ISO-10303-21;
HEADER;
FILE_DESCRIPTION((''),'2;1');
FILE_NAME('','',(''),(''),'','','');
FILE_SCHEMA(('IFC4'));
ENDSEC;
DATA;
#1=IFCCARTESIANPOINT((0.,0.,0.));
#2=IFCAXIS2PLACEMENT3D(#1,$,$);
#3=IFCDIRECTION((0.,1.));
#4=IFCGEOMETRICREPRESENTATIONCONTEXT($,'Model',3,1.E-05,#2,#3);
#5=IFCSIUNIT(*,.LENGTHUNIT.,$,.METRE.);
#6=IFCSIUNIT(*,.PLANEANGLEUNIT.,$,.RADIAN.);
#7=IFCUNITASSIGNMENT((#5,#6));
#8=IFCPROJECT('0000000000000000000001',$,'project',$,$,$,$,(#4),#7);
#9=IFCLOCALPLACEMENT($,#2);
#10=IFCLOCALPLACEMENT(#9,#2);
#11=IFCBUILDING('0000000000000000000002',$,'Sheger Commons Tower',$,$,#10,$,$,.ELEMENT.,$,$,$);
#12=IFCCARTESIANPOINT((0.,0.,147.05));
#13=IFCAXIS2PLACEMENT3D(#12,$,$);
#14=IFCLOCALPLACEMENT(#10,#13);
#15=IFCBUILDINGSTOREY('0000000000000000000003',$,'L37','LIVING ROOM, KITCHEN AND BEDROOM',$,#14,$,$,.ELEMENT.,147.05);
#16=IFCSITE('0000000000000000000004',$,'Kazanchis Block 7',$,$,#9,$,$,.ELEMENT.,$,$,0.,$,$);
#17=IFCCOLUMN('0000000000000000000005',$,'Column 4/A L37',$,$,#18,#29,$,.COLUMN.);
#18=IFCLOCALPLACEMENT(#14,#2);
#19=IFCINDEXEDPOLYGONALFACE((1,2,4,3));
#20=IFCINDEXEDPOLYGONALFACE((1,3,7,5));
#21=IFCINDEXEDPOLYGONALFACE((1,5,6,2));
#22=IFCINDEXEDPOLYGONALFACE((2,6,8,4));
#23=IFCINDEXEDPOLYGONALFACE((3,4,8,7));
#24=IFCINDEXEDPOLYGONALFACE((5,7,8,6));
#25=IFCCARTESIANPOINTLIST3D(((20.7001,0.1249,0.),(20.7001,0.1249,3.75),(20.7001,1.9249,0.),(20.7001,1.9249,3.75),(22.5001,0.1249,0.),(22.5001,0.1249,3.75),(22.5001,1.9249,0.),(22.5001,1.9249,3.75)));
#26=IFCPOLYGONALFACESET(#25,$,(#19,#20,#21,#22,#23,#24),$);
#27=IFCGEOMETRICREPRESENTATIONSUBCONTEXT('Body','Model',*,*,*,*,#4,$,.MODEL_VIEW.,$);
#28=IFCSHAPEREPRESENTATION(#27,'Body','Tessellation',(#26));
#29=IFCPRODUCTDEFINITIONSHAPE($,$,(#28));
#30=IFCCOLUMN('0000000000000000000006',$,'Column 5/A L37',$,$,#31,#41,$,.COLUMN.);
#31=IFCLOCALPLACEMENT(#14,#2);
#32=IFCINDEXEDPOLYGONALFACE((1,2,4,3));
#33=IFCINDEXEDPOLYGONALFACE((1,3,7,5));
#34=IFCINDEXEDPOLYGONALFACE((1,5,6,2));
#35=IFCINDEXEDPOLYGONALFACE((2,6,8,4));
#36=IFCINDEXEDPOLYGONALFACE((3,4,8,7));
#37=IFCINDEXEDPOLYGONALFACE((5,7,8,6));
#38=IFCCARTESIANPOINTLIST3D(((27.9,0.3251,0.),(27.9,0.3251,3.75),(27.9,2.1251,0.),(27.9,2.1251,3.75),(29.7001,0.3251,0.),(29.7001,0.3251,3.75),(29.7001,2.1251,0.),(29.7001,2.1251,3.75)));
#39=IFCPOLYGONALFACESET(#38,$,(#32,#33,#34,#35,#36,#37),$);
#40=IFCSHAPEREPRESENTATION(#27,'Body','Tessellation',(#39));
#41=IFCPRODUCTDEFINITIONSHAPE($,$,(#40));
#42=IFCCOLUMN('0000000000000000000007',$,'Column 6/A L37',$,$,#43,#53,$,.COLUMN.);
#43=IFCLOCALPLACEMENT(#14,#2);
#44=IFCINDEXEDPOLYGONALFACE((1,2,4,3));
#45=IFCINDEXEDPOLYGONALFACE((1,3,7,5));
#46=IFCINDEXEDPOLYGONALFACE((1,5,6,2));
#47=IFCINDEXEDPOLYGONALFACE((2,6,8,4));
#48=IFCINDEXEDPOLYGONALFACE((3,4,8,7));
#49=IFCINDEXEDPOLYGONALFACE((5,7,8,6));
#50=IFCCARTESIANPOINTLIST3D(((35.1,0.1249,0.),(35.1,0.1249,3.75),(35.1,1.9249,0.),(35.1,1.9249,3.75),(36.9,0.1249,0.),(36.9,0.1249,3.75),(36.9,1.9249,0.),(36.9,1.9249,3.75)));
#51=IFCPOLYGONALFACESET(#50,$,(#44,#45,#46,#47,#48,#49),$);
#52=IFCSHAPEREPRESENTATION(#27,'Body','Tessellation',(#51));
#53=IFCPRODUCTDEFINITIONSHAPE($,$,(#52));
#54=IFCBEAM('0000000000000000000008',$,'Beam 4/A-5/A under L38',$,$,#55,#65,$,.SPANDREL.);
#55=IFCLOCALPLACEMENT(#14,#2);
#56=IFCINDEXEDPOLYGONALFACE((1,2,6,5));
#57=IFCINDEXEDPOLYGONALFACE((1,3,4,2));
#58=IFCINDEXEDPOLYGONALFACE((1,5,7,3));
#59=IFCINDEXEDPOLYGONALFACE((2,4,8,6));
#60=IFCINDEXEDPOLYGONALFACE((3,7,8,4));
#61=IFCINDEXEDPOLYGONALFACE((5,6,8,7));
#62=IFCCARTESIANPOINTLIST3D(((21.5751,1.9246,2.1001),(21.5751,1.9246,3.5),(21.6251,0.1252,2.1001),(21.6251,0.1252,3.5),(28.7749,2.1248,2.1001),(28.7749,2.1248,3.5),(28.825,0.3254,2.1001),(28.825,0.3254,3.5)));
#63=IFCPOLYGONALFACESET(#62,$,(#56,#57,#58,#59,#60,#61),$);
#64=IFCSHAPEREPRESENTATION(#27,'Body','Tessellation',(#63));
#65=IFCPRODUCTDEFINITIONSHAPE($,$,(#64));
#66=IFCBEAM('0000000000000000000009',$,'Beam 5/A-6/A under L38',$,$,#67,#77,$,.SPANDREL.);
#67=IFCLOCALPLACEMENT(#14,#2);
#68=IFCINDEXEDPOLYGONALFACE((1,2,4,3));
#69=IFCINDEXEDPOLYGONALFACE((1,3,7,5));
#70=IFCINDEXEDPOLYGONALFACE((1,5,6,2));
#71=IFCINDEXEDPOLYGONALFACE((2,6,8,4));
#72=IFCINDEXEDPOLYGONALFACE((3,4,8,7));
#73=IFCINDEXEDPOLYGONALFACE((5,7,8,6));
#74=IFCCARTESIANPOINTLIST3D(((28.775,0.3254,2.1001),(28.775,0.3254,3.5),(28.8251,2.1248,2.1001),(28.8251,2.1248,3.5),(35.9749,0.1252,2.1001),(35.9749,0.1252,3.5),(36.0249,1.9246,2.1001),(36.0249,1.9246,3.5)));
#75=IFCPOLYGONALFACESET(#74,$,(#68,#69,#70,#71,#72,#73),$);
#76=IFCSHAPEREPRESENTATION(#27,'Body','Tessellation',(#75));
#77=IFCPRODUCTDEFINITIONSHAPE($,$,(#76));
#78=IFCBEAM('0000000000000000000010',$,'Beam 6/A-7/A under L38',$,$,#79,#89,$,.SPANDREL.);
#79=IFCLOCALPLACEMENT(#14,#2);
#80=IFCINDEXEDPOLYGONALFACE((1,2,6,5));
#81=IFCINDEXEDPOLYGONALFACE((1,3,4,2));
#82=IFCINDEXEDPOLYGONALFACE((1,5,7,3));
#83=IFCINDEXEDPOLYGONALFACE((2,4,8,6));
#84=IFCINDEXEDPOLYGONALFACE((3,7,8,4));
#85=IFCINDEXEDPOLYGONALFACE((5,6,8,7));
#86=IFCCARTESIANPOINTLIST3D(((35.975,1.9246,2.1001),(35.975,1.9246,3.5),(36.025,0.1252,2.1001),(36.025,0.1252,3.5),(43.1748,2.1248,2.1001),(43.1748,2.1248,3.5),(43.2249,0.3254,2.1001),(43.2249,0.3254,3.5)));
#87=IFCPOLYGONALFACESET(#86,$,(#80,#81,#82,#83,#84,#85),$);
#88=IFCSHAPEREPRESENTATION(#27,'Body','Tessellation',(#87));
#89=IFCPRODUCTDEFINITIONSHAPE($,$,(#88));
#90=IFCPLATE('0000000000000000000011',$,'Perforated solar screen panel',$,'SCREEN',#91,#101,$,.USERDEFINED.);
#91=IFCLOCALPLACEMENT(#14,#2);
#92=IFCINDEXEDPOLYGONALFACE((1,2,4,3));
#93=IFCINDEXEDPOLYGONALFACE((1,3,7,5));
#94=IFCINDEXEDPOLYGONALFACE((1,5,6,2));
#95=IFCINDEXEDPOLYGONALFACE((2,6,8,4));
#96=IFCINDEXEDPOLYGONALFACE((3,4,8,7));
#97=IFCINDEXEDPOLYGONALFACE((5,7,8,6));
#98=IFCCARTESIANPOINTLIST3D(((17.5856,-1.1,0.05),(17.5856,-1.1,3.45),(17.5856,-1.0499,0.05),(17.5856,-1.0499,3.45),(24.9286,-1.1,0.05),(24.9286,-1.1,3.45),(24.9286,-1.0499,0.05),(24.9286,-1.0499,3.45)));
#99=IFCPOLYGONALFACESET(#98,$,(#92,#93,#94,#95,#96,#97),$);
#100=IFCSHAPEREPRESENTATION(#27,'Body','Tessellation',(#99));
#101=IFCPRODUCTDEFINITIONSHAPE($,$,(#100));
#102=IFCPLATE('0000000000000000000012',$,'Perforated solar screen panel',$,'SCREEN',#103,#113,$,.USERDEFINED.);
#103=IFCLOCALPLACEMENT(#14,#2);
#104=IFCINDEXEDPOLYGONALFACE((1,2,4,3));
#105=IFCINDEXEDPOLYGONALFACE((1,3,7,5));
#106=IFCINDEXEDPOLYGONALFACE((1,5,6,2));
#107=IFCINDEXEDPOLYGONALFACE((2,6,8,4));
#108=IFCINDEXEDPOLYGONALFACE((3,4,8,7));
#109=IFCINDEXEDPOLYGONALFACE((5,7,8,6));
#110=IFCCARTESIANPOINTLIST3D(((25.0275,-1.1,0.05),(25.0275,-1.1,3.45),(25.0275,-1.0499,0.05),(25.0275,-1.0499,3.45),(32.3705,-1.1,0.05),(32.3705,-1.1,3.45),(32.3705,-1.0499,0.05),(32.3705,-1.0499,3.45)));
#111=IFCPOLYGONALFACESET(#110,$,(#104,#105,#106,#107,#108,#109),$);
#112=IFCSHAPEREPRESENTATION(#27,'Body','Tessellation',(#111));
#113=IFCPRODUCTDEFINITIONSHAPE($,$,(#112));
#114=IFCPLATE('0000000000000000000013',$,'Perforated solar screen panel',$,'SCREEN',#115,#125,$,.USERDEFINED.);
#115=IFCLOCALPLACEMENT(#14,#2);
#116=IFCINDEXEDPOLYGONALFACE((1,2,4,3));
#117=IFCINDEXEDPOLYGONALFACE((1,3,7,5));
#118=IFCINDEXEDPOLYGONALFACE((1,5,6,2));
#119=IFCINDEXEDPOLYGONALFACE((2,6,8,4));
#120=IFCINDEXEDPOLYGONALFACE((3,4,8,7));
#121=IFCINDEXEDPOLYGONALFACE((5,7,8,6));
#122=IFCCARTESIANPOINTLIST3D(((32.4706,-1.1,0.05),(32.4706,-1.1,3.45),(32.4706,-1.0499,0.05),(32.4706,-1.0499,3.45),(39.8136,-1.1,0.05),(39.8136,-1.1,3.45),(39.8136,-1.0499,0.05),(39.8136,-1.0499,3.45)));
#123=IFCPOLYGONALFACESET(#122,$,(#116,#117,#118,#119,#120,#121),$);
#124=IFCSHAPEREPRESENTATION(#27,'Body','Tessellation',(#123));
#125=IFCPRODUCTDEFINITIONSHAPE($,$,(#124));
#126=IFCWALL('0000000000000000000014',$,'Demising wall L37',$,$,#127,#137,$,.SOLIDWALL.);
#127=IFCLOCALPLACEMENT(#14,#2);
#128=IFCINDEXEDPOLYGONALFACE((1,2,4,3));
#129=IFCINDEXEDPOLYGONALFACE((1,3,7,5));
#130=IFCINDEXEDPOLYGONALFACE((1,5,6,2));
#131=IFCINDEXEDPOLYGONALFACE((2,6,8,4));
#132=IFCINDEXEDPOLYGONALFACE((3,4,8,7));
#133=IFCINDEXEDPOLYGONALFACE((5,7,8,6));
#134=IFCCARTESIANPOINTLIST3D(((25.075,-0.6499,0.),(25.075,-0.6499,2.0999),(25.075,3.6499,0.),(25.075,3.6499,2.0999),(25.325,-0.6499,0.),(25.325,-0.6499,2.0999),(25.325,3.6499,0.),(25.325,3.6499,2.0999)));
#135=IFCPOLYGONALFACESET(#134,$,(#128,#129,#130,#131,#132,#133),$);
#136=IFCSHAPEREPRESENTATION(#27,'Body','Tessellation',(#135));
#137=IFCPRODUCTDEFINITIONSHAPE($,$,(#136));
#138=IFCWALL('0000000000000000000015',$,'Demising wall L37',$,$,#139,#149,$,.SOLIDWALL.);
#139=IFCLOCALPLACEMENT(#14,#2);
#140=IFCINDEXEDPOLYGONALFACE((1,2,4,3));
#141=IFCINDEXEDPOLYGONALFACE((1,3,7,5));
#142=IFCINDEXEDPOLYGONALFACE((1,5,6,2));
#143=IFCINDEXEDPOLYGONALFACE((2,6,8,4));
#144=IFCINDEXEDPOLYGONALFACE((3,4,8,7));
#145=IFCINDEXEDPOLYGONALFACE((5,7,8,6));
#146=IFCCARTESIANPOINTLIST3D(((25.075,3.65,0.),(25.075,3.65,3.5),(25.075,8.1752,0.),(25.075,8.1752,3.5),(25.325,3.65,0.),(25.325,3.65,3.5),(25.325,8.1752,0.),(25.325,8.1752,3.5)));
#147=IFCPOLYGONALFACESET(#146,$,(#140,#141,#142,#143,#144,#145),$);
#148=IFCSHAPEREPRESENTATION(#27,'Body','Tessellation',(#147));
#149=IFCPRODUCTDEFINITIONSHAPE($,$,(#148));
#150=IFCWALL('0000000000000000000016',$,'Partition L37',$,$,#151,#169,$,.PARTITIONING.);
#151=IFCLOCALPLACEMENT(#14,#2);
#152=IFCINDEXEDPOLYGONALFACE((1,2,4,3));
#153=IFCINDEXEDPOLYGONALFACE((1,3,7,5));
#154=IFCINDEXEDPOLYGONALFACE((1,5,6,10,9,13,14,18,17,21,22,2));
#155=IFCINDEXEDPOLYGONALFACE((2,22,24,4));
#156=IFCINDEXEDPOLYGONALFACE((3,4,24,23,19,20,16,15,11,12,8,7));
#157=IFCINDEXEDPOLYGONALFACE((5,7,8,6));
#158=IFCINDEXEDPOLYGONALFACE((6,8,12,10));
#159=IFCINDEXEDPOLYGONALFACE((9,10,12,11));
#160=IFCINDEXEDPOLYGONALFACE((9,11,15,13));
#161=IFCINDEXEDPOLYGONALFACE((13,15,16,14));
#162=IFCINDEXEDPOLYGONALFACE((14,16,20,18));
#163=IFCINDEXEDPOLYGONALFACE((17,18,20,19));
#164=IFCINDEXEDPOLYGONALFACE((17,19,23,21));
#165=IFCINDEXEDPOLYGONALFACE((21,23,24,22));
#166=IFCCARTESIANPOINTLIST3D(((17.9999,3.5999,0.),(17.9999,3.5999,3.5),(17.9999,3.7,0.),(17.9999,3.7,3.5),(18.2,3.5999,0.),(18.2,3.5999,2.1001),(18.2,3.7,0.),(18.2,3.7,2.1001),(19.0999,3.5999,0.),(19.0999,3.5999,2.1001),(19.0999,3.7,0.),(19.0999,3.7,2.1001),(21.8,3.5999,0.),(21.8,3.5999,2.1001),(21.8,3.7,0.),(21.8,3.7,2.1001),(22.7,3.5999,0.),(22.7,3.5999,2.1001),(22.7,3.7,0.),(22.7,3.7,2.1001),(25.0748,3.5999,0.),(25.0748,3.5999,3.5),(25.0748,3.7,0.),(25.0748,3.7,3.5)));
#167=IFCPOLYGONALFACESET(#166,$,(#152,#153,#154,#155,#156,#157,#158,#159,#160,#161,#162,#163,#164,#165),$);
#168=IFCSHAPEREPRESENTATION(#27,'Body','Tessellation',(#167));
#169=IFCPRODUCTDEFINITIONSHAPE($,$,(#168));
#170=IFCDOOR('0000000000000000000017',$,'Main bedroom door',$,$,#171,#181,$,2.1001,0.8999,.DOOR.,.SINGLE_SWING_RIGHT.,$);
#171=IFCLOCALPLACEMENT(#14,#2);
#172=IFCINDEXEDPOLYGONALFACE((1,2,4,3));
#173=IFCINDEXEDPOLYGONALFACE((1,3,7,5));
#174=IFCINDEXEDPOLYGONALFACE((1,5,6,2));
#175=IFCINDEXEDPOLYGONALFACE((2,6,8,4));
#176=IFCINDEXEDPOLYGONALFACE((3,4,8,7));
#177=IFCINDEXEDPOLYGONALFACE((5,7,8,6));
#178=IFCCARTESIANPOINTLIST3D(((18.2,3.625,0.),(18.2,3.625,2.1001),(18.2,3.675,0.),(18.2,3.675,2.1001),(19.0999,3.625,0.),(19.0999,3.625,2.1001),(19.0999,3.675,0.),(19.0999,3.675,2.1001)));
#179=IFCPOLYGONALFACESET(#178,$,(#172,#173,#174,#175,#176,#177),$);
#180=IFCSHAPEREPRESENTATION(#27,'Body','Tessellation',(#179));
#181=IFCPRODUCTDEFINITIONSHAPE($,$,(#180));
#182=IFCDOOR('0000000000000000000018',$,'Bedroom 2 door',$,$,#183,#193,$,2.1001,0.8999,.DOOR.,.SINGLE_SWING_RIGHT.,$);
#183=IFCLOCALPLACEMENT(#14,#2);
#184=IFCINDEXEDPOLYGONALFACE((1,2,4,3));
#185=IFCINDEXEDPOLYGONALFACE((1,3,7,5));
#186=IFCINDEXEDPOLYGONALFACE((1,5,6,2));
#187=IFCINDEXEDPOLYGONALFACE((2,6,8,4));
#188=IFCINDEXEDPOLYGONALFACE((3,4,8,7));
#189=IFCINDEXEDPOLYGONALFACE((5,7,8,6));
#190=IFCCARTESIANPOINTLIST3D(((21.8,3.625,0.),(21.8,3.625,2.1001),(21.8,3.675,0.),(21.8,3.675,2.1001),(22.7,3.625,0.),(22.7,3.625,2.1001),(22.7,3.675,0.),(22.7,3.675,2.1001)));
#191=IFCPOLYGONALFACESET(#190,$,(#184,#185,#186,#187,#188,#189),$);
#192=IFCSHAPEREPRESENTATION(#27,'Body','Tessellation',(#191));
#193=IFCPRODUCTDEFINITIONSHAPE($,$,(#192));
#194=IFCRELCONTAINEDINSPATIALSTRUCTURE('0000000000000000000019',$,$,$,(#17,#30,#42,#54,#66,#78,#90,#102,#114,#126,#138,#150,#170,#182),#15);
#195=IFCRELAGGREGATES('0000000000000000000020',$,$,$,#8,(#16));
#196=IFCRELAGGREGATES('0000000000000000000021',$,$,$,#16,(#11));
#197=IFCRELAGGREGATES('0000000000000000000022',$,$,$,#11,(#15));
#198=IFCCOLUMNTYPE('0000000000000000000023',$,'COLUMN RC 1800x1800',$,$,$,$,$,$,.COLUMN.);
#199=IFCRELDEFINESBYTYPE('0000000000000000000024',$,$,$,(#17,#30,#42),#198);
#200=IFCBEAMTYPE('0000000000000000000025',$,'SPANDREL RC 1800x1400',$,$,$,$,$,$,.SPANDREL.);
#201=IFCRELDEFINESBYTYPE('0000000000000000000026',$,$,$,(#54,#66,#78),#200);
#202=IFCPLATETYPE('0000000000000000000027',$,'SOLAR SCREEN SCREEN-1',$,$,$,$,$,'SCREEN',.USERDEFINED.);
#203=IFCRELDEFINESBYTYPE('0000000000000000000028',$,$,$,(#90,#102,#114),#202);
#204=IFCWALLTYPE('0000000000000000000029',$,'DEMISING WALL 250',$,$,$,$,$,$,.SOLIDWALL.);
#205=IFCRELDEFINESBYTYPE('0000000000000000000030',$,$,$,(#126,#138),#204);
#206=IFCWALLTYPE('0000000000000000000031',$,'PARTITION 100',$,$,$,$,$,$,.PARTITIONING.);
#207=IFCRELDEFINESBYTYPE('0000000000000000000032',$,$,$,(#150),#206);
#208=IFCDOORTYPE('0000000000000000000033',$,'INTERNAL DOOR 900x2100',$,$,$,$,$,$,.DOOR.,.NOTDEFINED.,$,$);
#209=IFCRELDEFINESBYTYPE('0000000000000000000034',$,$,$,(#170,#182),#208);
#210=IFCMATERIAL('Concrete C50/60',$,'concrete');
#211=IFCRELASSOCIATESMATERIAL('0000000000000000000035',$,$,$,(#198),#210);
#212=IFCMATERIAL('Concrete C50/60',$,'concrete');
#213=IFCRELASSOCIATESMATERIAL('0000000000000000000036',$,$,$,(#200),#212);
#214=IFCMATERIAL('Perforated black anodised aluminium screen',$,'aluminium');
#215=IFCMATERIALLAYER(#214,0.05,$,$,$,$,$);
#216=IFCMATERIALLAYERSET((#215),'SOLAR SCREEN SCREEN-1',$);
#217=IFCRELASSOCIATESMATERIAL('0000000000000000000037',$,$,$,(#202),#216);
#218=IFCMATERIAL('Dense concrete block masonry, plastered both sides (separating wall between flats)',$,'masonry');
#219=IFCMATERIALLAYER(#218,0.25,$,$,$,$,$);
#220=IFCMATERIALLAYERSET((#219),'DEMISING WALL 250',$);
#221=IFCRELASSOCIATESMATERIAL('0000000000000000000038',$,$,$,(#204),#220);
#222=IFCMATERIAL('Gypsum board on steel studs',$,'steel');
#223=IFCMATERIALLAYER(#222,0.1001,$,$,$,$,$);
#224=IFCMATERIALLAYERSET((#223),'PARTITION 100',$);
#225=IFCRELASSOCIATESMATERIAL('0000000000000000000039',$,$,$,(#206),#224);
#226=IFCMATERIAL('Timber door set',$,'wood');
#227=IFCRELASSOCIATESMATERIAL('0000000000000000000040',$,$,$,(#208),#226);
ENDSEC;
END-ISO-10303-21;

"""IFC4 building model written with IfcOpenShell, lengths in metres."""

from ifc_helpers import new_model, si_unit, direction, frame, frame_2d, origin, origin_2d, place, context, subcontext, project, spatial, rectangle, extrude, material, layer, layer_set, material_profile, profile_set, type_object, element, fill, save


model = new_model("IFC4")

# Units and contexts
model_context = context("Model", 3, precision=1e-05, world=origin(), true_north=direction((0.0, 1.0)))
body_context = subcontext(model_context, "Body", "Model", "MODEL_VIEW")
ifc_project = project(units=[si_unit("LENGTHUNIT", "METRE"), si_unit("PLANEANGLEUNIT", "RADIAN")], contexts=[model_context])

# Site, building, storey
site_placement = place(None, origin())
site = spatial("IfcSite", under=ifc_project, at=site_placement, Name="Kazanchis Block 7", CompositionType="ELEMENT", RefElevation=0.0)
building_placement = place(site_placement, origin())
building = spatial("IfcBuilding", under=site, at=building_placement, Name="Sheger Commons Tower", CompositionType="ELEMENT")
storey_placement = place(building_placement, frame((0.0, 0.0, 147.05)))
storey = spatial("IfcBuildingStorey", under=building, at=storey_placement, Name="L37", Description="LIVING ROOM, KITCHEN AND BEDROOM", CompositionType="ELEMENT", Elevation=147.05)

# Columns
ifc_material_1 = material(Name="Concrete C50/60", Category="concrete")
ifc_material_profile_1 = material_profile(ifc_material_1, rectangle(XDim=1.8, YDim=1.8, at=origin_2d()), Name="RC 1800x1800")
ifc_profile_set_1 = profile_set([ifc_material_profile_1], Name="Concrete C50/60")
column_type = type_object("IfcColumnType", Name="COLUMN RC 1800x1800", PredefinedType="COLUMN", material=ifc_profile_set_1)
for number, where, z_axis, x_axis, name in (
    (1, (21.6001, 1.0249, 0.0), (0.0, 0.0, 1.0), (1.0, 0.0, 0.0), "Column 4/A L37"),
    (2, (28.8, 1.2251, 0.0), (0.0, 0.0, 1.0), (1.0, 0.0, 0.0), "Column 5/A L37"),
    (3, (36.0, 1.0249, 0.0), (0.0, 0.0, 1.0), (1.0, 0.0, 0.0), "Column 6/A L37"),
):
    element("IfcColumn", number, at=place(storey_placement, frame(where, z_axis=z_axis, x_axis=x_axis)), inside=storey, type_object=column_type, Name=name, PredefinedType="COLUMN", context=body_context, shape_type="SweptSolid", body=[
        extrude(rectangle(XDim=1.8, YDim=1.8, at=origin_2d()), origin(), (0.0, 0.0, 1.0), 3.75),
    ])

# Beams
ifc_material_2 = material(Name="Concrete C50/60", Category="concrete")
ifc_material_profile_2 = material_profile(ifc_material_2, rectangle(XDim=1.8, YDim=1.3999, at=origin_2d()), Name="RC 1800x1400")
ifc_profile_set_2 = profile_set([ifc_material_profile_2], Name="Concrete C50/60")
beam_type = type_object("IfcBeamType", Name="SPANDREL RC 1800x1400", PredefinedType="SPANDREL", material=ifc_profile_set_2)
for number, where, z_axis, x_axis, name in (
    (4, (21.6001, 1.0249, 2.8), (0.999614, 0.027794, 0.0), (-0.027794, 0.999614, 0.0), "Beam 4/A-5/A under L38"),
    (5, (28.8, 1.2251, 2.8), (0.999614, -0.027794, 0.0), (0.027794, 0.999614, 0.0), "Beam 5/A-6/A under L38"),
    (6, (36.0, 1.0249, 2.8), (0.999614, 0.027794, 0.0), (-0.027794, 0.999614, 0.0), "Beam 6/A-7/A under L38"),
):
    element("IfcBeam", number, at=place(storey_placement, frame(where, z_axis=z_axis, x_axis=x_axis)), inside=storey, type_object=beam_type, Name=name, PredefinedType="SPANDREL", context=body_context, shape_type="SweptSolid", body=[
        extrude(rectangle(XDim=1.8, YDim=1.3999, at=origin_2d()), origin(), (0.0, 0.0, 1.0), 7.2026),
    ])

# Plates
ifc_material_3 = material(Name="Perforated black anodised aluminium screen", Category="aluminium")
ifc_layer_1 = layer(ifc_material_3, 0.05)
ifc_layer_set_1 = layer_set([ifc_layer_1], Name="SOLAR SCREEN SCREEN-1")
plate_type = type_object("IfcPlateType", Name="SOLAR SCREEN SCREEN-1", ElementType="SCREEN", PredefinedType="USERDEFINED", material=ifc_layer_set_1)
for number, where, z_axis, x_axis, name in (
    (7, (21.2571, -1.075, 0.05), (0.0, 0.0, 1.0), (1.0, 0.0, 0.0), "Perforated solar screen panel"),
    (8, (28.699, -1.075, 0.05), (0.0, 0.0, 1.0), (1.0, 0.0, 0.0), "Perforated solar screen panel"),
    (9, (36.1421, -1.075, 0.05), (0.0, 0.0, 1.0), (1.0, 0.0, 0.0), "Perforated solar screen panel"),
):
    element("IfcPlate", number, at=place(storey_placement, frame(where, z_axis=z_axis, x_axis=x_axis)), inside=storey, type_object=plate_type, Name=name, ObjectType="SCREEN", PredefinedType="USERDEFINED", context=body_context, shape_type="SweptSolid", body=[
        extrude(rectangle(XDim=7.343, YDim=0.05, at=origin_2d()), origin(), (0.0, 0.0, 1.0), 3.3999),
    ])

# Walls
ifc_material_4 = material(Name="Dense concrete block masonry, plastered both sides (separating wall between flats)", Category="masonry")
ifc_layer_2 = layer(ifc_material_4, 0.25)
ifc_layer_set_2 = layer_set([ifc_layer_2], Name="DEMISING WALL 250")
wall_type_1 = type_object("IfcWallType", Name="DEMISING WALL 250", PredefinedType="SOLIDWALL", material=ifc_layer_set_2)
wall_1_placement = place(storey_placement, frame((25.2, -0.6499, 0.0), z_axis=(0.0, 0.0, 1.0), x_axis=(0.0, 1.0, 0.0)))
element("IfcWall", 10, at=wall_1_placement, inside=storey, type_object=wall_type_1, Name="Demising wall L37", PredefinedType="SOLIDWALL", context=body_context, shape_type="SweptSolid", body=[
    extrude(rectangle(XDim=4.2998, YDim=0.25, at=frame_2d((2.1499, 0.0))), origin(), (0.0, 0.0, 1.0), 2.0999),
])
wall_2_placement = place(storey_placement, frame((25.2, 3.6499, 0.0), z_axis=(0.0, 0.0, 1.0), x_axis=(0.0, 1.0, 0.0)))
element("IfcWall", 11, at=wall_2_placement, inside=storey, type_object=wall_type_1, Name="Demising wall L37", PredefinedType="SOLIDWALL", context=body_context, shape_type="SweptSolid", body=[
    extrude(rectangle(XDim=4.5251, YDim=0.25, at=frame_2d((2.2627, 0.0))), origin(), (0.0, 0.0, 1.0), 3.5),
])

# Wall, openings, doors
ifc_material_5 = material(Name="Gypsum board on steel studs", Category="steel")
ifc_layer_3 = layer(ifc_material_5, 0.1001)
ifc_layer_set_3 = layer_set([ifc_layer_3], Name="PARTITION 100")
wall_type_2 = type_object("IfcWallType", Name="PARTITION 100", PredefinedType="PARTITIONING", material=ifc_layer_set_3)
wall_3_placement = place(storey_placement, frame((25.075, 3.6499, 0.0), z_axis=(0.0, 0.0, 1.0), x_axis=(-1.0, 0.0, 0.0)))
wall_3 = element("IfcWall", 12, at=wall_3_placement, inside=storey, type_object=wall_type_2, Name="Partition L37", PredefinedType="PARTITIONING", context=body_context, shape_type="SweptSolid", body=[
    extrude(rectangle(XDim=7.075, YDim=0.1001, at=frame_2d((3.5376, 0.0))), origin(), (0.0, 0.0, 1.0), 3.5),
])
opening_1_placement = place(wall_3_placement, frame((5.9751, 0.0, 0.0)))
opening_1 = element("IfcOpeningElement", 13, at=opening_1_placement, cuts=wall_3, PredefinedType="OPENING", context=body_context, shape_type="SweptSolid", body=[
    extrude(rectangle(XDim=0.8999, YDim=2.1001, at=frame_2d((0.45, 1.05))), frame((0.0, 0.0601, 0.0), z_axis=(0.0, -1.0, 0.0), x_axis=(1.0, 0.0, 0.0)), (0.0, 0.0, 1.0), 0.1201),
])
opening_2_placement = place(wall_3_placement, frame((2.375, 0.0, 0.0)))
opening_2 = element("IfcOpeningElement", 14, at=opening_2_placement, cuts=wall_3, PredefinedType="OPENING", context=body_context, shape_type="SweptSolid", body=[
    extrude(rectangle(XDim=0.8999, YDim=2.1001, at=frame_2d((0.45, 1.05))), frame((0.0, 0.0601, 0.0), z_axis=(0.0, -1.0, 0.0), x_axis=(1.0, 0.0, 0.0)), (0.0, 0.0, 1.0), 0.1201),
])
ifc_material_6 = material(Name="Timber door set", Category="wood")
door_type = type_object("IfcDoorType", Name="INTERNAL DOOR 900x2100", OperationType="NOTDEFINED", PredefinedType="DOOR", material=ifc_material_6)
door_1_placement = place(opening_1_placement, origin())
door_1 = element("IfcDoor", 15, at=door_1_placement, inside=storey, type_object=door_type, Name="Main bedroom door", OperationType="SINGLE_SWING_RIGHT", OverallHeight=2.1001, OverallWidth=0.8999, PredefinedType="DOOR", context=body_context, shape_type="SweptSolid", body=[
    extrude(rectangle(XDim=0.8999, YDim=2.1001, at=frame_2d((0.45, 1.05))), frame((0.0, 0.0249, 0.0), z_axis=(0.0, -1.0, 0.0), x_axis=(1.0, 0.0, 0.0)), (0.0, 0.0, 1.0), 0.05),
])
fill(opening_1, door_1)
door_2_placement = place(opening_2_placement, origin())
door_2 = element("IfcDoor", 16, at=door_2_placement, inside=storey, type_object=door_type, Name="Bedroom 2 door", OperationType="SINGLE_SWING_RIGHT", OverallHeight=2.1001, OverallWidth=0.8999, PredefinedType="DOOR", context=body_context, shape_type="SweptSolid", body=[
    extrude(rectangle(XDim=0.8999, YDim=2.1001, at=frame_2d((0.45, 1.05))), frame((0.0, 0.0249, 0.0), z_axis=(0.0, -1.0, 0.0), x_axis=(1.0, 0.0, 0.0)), (0.0, 0.0, 1.0), 0.05),
])
fill(opening_2, door_2)

save(model, "model.ifc")
